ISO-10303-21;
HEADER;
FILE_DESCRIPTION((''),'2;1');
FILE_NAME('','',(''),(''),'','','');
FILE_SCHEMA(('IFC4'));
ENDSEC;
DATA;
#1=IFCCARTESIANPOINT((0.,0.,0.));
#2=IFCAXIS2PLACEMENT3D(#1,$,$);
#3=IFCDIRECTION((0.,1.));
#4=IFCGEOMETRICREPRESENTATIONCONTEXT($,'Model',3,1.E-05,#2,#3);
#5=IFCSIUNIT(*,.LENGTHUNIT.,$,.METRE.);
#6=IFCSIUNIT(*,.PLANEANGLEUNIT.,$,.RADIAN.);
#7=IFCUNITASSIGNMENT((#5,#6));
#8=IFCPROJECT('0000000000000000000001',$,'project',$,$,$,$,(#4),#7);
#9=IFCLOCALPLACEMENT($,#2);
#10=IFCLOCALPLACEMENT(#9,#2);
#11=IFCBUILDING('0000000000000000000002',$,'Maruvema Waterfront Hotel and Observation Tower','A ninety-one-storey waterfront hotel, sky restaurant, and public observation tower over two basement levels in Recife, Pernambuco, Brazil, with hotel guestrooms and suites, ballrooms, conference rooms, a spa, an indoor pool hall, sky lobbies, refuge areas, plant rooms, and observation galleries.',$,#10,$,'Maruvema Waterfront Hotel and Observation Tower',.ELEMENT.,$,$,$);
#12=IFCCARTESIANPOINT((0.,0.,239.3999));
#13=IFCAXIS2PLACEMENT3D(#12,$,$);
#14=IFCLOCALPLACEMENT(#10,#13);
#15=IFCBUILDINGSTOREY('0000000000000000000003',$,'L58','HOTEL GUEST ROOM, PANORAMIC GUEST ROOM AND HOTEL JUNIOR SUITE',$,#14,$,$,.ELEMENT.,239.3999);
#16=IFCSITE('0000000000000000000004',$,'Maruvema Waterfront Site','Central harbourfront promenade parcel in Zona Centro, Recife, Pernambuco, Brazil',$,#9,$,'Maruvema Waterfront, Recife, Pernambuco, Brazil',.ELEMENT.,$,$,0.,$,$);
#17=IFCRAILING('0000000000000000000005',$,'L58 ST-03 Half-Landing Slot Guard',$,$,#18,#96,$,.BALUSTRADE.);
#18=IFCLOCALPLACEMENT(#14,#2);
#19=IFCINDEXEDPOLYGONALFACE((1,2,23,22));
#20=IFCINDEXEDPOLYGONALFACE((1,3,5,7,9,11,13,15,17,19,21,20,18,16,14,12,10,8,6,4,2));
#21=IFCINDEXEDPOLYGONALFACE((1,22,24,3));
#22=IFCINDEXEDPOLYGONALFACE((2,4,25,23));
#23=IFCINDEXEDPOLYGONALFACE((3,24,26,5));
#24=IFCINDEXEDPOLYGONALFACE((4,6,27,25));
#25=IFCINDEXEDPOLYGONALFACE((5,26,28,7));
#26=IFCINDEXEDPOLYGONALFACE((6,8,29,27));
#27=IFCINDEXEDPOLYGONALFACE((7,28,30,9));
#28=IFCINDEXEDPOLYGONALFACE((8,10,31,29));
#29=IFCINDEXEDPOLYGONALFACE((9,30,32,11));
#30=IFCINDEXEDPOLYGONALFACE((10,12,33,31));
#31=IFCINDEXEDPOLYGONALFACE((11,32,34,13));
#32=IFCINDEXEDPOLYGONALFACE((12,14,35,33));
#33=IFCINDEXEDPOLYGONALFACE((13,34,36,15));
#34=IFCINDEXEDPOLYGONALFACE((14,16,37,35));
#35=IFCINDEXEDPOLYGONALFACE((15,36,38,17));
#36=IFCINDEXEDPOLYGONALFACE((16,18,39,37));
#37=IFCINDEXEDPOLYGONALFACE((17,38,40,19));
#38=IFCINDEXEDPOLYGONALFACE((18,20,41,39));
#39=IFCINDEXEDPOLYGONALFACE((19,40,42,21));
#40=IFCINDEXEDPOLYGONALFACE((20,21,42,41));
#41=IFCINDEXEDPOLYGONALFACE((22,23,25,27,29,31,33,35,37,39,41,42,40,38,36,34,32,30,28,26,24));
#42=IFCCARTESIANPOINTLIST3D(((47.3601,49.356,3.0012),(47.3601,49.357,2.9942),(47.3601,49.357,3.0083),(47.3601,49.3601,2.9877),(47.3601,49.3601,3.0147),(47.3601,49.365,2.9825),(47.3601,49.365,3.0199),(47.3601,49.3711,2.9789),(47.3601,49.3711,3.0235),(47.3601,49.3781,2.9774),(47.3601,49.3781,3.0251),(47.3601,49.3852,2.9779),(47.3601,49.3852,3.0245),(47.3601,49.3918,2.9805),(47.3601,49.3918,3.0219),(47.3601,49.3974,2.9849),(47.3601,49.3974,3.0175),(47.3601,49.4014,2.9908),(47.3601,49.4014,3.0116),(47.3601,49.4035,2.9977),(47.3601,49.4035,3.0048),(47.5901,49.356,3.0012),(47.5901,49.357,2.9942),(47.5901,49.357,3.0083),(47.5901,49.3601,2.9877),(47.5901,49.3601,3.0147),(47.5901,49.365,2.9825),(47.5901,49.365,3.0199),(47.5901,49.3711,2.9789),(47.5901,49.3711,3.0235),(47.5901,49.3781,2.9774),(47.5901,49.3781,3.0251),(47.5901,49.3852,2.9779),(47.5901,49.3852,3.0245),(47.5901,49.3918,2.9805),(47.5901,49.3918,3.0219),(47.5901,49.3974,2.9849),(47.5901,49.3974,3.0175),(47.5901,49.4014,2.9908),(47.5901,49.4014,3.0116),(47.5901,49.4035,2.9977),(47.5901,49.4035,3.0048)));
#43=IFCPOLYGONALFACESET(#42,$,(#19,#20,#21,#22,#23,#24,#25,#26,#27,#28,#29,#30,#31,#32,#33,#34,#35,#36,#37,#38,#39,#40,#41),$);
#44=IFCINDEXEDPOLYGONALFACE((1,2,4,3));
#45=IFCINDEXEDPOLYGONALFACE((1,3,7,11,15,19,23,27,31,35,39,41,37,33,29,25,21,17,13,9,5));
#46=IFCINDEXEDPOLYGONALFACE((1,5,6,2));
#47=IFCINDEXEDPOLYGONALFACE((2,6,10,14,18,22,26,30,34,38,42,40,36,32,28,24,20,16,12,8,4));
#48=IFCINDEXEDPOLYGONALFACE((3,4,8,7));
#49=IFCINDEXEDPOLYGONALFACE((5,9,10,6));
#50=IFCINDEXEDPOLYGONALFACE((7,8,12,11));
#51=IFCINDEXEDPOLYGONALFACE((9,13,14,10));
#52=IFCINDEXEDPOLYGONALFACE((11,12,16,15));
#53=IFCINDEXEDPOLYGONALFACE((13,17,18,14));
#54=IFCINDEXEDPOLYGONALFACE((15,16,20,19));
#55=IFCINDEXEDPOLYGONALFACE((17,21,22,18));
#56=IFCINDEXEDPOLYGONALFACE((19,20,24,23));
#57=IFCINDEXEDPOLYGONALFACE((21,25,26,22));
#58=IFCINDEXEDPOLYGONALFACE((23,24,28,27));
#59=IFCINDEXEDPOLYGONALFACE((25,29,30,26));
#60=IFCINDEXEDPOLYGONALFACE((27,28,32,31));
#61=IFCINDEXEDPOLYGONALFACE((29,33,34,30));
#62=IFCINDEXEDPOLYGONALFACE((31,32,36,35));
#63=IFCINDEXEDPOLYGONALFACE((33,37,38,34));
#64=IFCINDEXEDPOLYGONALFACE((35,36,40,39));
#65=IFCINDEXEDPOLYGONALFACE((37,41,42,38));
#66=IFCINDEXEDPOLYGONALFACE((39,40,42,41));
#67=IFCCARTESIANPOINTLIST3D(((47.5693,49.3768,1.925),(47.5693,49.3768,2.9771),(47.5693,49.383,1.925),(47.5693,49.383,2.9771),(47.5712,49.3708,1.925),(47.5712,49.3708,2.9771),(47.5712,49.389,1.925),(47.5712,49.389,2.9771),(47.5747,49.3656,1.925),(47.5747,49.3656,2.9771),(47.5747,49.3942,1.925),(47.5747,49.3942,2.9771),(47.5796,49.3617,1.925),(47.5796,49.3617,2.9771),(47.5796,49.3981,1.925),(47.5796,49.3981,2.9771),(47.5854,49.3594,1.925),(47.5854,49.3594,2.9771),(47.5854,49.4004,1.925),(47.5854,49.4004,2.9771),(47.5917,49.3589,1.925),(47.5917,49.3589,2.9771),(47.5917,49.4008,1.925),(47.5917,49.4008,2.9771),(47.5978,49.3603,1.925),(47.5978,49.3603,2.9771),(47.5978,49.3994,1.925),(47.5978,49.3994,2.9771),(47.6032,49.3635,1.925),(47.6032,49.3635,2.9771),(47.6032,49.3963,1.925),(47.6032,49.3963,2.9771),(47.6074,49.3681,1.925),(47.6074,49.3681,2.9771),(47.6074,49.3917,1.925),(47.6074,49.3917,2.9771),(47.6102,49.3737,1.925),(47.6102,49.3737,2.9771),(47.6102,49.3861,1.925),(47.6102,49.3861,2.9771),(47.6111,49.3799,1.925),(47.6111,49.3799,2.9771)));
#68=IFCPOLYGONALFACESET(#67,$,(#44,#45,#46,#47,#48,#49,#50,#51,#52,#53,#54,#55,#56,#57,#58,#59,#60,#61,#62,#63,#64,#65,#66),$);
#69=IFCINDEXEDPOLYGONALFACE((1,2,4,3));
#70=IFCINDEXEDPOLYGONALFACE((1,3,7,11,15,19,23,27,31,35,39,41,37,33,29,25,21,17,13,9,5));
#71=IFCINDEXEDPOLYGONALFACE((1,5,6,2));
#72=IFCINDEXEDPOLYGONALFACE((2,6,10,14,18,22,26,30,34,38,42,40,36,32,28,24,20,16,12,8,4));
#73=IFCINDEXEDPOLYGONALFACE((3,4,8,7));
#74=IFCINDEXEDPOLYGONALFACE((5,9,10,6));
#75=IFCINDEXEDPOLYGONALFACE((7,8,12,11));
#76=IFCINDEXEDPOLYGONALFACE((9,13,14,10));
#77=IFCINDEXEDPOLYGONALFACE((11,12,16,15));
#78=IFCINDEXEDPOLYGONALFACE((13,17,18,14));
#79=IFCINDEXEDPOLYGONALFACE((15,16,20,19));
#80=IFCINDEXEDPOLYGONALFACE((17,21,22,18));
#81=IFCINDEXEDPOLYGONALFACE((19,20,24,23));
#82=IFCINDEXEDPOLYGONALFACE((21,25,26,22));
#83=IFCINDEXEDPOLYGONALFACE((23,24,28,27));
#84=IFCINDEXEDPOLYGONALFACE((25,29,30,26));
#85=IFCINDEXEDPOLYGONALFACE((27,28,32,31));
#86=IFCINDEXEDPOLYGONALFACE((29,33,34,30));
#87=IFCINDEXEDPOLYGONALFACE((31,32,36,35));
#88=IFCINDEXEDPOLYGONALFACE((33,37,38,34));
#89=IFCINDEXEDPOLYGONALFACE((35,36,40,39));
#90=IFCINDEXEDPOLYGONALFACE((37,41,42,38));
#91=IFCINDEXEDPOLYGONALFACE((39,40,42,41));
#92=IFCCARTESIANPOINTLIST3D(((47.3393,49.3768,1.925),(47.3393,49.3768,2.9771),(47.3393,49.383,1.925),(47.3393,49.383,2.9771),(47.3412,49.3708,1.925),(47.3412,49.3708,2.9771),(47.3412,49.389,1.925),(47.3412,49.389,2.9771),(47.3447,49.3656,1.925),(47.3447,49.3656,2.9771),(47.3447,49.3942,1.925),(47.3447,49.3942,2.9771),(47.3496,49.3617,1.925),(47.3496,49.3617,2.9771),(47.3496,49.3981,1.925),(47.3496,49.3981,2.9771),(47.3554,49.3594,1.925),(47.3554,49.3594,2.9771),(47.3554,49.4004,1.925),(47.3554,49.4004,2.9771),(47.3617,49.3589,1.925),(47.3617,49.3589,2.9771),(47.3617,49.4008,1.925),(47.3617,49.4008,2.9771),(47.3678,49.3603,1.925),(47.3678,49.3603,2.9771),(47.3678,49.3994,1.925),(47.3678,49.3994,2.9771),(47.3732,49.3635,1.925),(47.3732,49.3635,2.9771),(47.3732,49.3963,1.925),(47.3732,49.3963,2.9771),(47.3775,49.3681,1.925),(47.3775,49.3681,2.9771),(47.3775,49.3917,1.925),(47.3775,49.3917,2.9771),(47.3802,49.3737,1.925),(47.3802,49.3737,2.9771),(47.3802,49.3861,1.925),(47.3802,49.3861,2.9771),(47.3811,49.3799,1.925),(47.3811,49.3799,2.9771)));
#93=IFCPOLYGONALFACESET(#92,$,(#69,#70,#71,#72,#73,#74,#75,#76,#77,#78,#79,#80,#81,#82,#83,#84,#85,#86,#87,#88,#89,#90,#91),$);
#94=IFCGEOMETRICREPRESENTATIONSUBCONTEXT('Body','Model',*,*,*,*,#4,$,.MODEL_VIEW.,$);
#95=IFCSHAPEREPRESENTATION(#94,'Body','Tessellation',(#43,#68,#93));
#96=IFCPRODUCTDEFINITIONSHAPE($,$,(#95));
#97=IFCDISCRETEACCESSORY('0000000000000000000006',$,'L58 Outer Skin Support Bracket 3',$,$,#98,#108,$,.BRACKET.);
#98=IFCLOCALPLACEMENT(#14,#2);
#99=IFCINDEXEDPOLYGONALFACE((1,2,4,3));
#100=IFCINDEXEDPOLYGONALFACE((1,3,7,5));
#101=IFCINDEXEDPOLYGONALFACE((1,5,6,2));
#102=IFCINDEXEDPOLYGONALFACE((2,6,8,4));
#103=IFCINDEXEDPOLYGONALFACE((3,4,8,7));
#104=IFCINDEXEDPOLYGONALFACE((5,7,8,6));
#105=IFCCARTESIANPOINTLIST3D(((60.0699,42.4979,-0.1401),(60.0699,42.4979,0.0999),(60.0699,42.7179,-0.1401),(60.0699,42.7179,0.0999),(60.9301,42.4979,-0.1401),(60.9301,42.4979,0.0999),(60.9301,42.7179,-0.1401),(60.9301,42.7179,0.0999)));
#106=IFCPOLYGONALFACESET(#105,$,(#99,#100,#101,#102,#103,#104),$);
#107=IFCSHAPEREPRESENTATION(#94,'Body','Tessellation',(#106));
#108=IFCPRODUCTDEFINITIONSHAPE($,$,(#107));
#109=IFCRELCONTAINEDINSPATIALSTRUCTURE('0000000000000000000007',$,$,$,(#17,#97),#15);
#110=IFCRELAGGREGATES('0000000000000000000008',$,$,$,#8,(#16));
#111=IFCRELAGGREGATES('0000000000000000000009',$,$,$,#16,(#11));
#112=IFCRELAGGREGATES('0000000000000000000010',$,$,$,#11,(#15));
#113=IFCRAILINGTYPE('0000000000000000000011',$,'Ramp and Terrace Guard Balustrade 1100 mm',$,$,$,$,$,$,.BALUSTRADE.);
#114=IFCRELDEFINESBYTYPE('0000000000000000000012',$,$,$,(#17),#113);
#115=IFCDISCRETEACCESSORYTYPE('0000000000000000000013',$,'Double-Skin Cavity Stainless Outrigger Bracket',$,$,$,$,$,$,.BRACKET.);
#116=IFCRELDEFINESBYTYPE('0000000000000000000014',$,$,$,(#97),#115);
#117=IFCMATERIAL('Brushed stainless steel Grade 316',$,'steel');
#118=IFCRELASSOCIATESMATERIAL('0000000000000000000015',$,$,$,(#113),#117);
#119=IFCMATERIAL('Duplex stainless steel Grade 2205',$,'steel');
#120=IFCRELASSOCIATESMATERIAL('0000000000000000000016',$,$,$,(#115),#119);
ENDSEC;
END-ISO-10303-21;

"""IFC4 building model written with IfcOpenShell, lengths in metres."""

from ifc_helpers import new_model, si_unit, direction, frame, origin, origin_2d, place, context, subcontext, project, spatial, rectangle, circle, extrude, material, type_object, element, save


model = new_model("IFC4")

# Units and contexts
model_context = context("Model", 3, precision=1e-05, world=origin(), true_north=direction((0.0, 1.0)))
body_context = subcontext(model_context, "Body", "Model", "MODEL_VIEW")
ifc_project = project(units=[si_unit("LENGTHUNIT", "METRE"), si_unit("PLANEANGLEUNIT", "RADIAN")], contexts=[model_context])

# Site, building, storey
site_placement = place(None, origin())
site = spatial("IfcSite", under=ifc_project, at=site_placement, Name="Maruvema Waterfront Site", Description="Central harbourfront promenade parcel in Zona Centro, Recife, Pernambuco, Brazil", LongName="Maruvema Waterfront, Recife, Pernambuco, Brazil", CompositionType="ELEMENT", RefElevation=0.0)
building_placement = place(site_placement, origin())
building = spatial("IfcBuilding", under=site, at=building_placement, Name="Maruvema Waterfront Hotel and Observation Tower", Description="A ninety-one-storey waterfront hotel, sky restaurant, and public observation tower over two basement levels in Recife, Pernambuco, Brazil, with hotel guestrooms and suites, ballrooms, conference rooms, a spa, an indoor pool hall, sky lobbies, refuge areas, plant rooms, and observation galleries.", LongName="Maruvema Waterfront Hotel and Observation Tower", CompositionType="ELEMENT")
storey_placement = place(building_placement, frame((0.0, 0.0, 239.3999)))
storey = spatial("IfcBuildingStorey", under=building, at=storey_placement, Name="L58", Description="HOTEL GUEST ROOM, PANORAMIC GUEST ROOM AND HOTEL JUNIOR SUITE", CompositionType="ELEMENT", Elevation=239.3999)

# Railing
ifc_material_1 = material(Name="Brushed stainless steel Grade 316", Category="steel")
railing_type_1 = type_object("IfcRailingType", Name="Ramp and Terrace Guard Balustrade 1100 mm", PredefinedType="BALUSTRADE", material=ifc_material_1)
railing_1_placement = place(storey_placement, frame((47.5901, 49.3799, 1.925)))
element("IfcRailing", 1, at=railing_1_placement, inside=storey, type_object=railing_type_1, Name="L58 ST-03 Half-Landing Slot Guard", PredefinedType="BALUSTRADE", context=body_context, shape_type="SweptSolid", body=[
    extrude(circle(Radius=0.0239, at=origin_2d()), frame((0.0, 0.0, 1.0762), z_axis=(-1.0, 0.0, 0.0), x_axis=(0.0, -1.0, 0.0)), (0.0, 0.0, 1.0), 0.23),
    extrude(circle(Radius=0.021, at=origin_2d()), origin(), (0.0, 0.0, 1.0), 1.052),
    extrude(circle(Radius=0.021, at=origin_2d()), frame((-0.23, 0.0, 0.0)), (0.0, 0.0, 1.0), 1.052),
])

# Discrete accessory
ifc_material_2 = material(Name="Duplex stainless steel Grade 2205", Category="steel")
discrete_accessory_type = type_object("IfcDiscreteAccessoryType", Name="Double-Skin Cavity Stainless Outrigger Bracket", PredefinedType="BRACKET", material=ifc_material_2)
discrete_accessory_placement = place(storey_placement, frame((60.5, 42.6079, -0.1401), z_axis=(0.0, 0.0, 1.0), x_axis=(0.0, 1.0, 0.0)))
element("IfcDiscreteAccessory", 2, at=discrete_accessory_placement, inside=storey, type_object=discrete_accessory_type, Name="L58 Outer Skin Support Bracket 3", PredefinedType="BRACKET", context=body_context, shape_type="SweptSolid", body=[
    extrude(rectangle(XDim=0.22, YDim=0.8601, at=origin_2d()), origin(), (0.0, 0.0, 1.0), 0.24),
])

save(model, "model.ifc")
